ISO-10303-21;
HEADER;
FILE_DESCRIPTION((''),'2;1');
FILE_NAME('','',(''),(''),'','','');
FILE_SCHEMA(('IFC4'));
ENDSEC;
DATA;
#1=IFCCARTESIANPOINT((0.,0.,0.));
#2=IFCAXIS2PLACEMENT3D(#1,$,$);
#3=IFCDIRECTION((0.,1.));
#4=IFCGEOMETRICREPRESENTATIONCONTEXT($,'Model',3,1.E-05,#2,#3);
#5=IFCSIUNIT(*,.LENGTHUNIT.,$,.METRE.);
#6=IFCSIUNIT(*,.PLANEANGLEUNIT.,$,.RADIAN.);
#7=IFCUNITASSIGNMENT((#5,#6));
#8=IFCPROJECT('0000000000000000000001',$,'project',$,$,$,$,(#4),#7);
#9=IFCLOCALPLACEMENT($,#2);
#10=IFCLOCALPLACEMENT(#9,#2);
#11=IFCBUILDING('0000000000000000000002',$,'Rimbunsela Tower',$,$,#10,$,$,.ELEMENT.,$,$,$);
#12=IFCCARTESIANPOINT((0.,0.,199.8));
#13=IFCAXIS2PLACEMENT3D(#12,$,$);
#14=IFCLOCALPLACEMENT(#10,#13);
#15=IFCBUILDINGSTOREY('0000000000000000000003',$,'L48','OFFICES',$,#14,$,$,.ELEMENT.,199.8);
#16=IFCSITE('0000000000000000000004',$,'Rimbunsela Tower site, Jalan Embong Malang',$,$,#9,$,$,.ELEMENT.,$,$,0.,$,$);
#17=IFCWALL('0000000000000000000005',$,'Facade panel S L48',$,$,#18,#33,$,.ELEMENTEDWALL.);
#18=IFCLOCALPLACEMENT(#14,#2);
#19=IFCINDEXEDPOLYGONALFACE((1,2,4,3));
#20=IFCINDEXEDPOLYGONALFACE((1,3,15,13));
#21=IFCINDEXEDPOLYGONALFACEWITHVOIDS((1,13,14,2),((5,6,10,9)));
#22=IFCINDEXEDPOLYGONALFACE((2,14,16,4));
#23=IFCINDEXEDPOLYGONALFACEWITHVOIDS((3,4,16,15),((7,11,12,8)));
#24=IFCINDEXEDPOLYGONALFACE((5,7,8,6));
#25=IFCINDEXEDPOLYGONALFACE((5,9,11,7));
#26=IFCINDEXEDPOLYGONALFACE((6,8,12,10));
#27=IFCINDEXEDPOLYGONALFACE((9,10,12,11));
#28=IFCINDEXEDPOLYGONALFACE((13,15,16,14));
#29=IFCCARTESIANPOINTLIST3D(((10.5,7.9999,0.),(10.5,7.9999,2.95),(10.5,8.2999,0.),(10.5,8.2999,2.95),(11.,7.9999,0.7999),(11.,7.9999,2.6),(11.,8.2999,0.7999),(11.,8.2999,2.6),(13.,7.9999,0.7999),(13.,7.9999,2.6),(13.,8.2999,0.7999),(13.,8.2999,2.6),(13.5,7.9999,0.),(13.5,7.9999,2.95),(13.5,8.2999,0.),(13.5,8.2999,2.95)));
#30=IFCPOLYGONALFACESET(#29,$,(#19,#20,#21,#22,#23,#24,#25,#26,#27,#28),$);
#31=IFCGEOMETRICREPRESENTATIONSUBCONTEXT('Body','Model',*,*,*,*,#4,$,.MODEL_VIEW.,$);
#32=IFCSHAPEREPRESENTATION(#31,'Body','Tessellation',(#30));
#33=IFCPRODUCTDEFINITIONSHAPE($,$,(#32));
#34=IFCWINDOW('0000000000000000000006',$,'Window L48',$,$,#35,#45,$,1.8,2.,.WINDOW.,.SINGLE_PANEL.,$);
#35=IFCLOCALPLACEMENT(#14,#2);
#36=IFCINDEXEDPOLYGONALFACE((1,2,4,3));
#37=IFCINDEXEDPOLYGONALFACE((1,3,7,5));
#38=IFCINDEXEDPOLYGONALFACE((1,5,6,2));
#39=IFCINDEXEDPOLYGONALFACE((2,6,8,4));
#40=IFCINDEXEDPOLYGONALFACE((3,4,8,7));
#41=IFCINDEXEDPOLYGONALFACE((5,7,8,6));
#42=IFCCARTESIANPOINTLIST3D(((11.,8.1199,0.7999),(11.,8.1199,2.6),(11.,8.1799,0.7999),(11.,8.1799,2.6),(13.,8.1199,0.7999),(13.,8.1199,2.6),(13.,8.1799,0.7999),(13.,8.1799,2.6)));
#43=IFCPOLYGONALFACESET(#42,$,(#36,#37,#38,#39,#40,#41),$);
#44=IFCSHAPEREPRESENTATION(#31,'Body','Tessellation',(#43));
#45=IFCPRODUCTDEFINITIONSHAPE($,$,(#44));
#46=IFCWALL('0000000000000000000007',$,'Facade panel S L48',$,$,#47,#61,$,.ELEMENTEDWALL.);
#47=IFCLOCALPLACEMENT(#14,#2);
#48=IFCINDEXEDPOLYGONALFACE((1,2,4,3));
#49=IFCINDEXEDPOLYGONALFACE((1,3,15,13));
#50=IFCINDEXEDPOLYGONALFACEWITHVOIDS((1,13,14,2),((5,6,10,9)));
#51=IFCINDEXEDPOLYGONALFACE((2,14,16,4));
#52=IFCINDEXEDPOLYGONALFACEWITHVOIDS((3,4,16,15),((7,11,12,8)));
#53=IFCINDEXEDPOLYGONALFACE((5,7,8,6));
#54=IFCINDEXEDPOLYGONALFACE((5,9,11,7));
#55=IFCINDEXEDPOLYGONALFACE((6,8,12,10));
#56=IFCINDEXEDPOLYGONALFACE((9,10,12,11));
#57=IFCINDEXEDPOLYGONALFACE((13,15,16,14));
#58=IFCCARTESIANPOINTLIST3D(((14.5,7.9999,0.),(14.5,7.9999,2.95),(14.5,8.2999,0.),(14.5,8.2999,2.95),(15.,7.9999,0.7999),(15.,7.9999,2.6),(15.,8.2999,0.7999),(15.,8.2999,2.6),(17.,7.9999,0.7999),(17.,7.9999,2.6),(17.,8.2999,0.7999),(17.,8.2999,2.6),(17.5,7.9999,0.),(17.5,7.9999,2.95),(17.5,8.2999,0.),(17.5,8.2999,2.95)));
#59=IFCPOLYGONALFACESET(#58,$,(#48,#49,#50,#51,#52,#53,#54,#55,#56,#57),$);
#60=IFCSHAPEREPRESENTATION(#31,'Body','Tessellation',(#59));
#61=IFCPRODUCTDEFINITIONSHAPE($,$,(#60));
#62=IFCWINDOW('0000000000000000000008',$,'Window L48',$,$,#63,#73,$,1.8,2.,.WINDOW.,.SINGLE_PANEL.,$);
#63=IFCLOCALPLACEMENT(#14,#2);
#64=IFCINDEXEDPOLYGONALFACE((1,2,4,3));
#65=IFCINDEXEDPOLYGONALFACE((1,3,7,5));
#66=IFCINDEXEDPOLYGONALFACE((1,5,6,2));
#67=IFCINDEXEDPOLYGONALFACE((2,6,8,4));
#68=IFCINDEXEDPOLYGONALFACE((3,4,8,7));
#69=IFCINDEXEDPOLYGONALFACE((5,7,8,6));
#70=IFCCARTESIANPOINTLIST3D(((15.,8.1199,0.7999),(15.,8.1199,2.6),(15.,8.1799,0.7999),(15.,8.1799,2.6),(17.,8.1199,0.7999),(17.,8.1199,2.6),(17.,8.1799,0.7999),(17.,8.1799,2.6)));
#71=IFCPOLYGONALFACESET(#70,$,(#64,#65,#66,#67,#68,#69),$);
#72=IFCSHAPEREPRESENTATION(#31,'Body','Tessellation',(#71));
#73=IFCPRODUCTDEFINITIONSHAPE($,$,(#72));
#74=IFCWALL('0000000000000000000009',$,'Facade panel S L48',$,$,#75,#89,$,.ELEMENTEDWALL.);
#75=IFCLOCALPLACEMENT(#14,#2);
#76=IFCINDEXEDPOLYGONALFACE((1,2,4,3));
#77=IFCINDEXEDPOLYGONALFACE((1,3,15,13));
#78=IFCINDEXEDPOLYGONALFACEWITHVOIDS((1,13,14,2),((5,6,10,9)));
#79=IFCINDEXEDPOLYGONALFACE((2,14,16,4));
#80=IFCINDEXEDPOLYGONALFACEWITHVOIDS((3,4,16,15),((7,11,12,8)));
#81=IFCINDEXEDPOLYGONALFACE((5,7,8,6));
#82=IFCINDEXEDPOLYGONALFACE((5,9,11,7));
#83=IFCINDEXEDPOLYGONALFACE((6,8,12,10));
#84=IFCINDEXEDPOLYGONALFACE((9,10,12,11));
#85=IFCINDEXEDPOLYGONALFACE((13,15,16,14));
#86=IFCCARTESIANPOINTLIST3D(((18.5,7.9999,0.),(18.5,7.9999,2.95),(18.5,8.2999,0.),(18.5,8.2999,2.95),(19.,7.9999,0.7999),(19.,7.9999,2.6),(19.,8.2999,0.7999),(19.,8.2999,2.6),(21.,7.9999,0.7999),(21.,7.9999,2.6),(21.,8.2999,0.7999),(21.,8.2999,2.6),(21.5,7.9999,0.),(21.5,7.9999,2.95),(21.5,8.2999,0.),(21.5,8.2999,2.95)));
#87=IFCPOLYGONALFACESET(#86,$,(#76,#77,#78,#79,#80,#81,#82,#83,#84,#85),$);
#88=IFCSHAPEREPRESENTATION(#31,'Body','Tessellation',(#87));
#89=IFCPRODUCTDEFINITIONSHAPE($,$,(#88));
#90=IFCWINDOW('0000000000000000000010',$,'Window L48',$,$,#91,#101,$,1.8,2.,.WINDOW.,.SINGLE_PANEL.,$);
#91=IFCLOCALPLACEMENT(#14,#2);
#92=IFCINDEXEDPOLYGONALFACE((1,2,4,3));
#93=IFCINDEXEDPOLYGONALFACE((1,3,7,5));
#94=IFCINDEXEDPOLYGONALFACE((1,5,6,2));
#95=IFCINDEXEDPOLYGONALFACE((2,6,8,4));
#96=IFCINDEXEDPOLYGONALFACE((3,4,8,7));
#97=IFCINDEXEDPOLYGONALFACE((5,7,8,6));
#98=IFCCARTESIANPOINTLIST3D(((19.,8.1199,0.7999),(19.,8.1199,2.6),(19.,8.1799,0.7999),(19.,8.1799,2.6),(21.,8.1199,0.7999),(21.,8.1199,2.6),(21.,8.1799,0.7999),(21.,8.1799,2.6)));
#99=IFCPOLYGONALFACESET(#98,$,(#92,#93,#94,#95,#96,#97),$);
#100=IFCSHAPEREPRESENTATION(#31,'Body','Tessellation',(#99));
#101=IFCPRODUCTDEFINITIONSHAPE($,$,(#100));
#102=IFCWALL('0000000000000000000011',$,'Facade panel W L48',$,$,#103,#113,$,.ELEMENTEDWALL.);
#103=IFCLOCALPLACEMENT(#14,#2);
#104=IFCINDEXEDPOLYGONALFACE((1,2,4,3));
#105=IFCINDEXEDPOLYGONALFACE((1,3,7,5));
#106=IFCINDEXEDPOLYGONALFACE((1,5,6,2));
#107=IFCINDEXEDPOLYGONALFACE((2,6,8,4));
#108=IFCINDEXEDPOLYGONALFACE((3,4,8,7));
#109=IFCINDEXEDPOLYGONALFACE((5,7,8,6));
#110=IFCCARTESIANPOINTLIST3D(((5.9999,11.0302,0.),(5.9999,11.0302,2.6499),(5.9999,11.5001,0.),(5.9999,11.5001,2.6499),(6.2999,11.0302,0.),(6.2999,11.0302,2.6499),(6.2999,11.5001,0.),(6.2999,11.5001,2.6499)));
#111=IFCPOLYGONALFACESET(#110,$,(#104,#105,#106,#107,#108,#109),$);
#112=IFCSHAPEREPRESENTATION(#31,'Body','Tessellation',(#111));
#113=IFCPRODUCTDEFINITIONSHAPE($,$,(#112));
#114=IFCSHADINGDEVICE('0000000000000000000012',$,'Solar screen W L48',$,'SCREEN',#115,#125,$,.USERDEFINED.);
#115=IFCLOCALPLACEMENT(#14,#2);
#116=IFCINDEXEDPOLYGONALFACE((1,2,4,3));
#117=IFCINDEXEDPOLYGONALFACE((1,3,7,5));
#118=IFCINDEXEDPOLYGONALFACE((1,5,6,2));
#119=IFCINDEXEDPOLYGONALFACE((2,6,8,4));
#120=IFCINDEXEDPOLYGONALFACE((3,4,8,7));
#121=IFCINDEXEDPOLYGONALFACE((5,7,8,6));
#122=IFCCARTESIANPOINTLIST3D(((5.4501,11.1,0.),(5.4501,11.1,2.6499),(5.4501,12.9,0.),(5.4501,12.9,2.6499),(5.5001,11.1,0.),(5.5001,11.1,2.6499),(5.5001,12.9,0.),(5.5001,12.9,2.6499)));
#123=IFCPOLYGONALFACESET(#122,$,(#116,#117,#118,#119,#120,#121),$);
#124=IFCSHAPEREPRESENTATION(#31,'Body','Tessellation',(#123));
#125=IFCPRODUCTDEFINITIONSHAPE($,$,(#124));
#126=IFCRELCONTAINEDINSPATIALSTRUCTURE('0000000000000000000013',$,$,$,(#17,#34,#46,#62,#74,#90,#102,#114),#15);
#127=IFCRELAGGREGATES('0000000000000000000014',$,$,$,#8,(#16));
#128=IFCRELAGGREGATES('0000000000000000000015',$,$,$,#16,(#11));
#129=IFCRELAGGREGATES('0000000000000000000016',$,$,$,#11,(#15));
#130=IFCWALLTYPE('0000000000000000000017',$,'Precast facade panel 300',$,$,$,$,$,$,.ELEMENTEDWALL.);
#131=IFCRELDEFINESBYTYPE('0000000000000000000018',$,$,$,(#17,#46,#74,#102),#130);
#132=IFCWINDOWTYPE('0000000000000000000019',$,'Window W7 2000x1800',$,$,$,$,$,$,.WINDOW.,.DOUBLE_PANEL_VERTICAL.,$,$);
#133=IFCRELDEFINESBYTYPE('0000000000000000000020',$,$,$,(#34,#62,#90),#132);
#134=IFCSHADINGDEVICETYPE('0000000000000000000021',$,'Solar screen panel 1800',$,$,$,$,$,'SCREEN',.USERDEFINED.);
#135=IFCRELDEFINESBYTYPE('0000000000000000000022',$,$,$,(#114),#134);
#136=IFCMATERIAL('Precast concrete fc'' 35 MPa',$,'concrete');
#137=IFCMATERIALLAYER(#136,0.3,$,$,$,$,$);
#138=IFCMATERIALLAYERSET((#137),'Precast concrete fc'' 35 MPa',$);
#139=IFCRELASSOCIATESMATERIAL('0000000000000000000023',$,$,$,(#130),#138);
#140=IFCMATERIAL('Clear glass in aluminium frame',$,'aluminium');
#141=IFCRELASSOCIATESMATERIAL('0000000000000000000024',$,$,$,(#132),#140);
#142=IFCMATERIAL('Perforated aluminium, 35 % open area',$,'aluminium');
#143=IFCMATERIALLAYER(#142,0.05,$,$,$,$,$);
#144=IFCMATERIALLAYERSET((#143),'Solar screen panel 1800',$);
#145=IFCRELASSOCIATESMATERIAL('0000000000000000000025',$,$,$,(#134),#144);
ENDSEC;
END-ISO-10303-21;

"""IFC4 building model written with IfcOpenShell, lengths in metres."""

from ifc_helpers import new_model, si_unit, direction, frame, frame_2d, origin, origin_2d, place, context, subcontext, project, spatial, rectangle, extrude, material, layer, layer_set, type_object, element, fill, save


model = new_model("IFC4")

# Units and contexts
model_context = context("Model", 3, precision=1e-05, world=origin(), true_north=direction((0.0, 1.0)))
body_context = subcontext(model_context, "Body", "Model", "MODEL_VIEW")
ifc_project = project(units=[si_unit("LENGTHUNIT", "METRE"), si_unit("PLANEANGLEUNIT", "RADIAN")], contexts=[model_context])

# Site, building, storey
site_placement = place(None, origin())
site = spatial("IfcSite", under=ifc_project, at=site_placement, Name="Rimbunsela Tower site, Jalan Embong Malang", CompositionType="ELEMENT", RefElevation=0.0)
building_placement = place(site_placement, origin())
building = spatial("IfcBuilding", under=site, at=building_placement, Name="Rimbunsela Tower", CompositionType="ELEMENT")
storey_placement = place(building_placement, frame((0.0, 0.0, 199.8)))
storey = spatial("IfcBuildingStorey", under=building, at=storey_placement, Name="L48", Description="OFFICES", CompositionType="ELEMENT", Elevation=199.8)

# Shared definitions
ifc_material_1 = material(Name="Precast concrete fc' 35 MPa", Category="concrete")
ifc_layer_1 = layer(ifc_material_1, 0.3)
ifc_layer_set_1 = layer_set([ifc_layer_1], Name="Precast concrete fc' 35 MPa")
wall_type_1 = type_object("IfcWallType", Name="Precast facade panel 300", PredefinedType="ELEMENTEDWALL", material=ifc_layer_set_1)

# Walls, openings, windows
wall_1_placement = place(storey_placement, frame((10.5, 8.1499, 0.0), z_axis=(0.0, 0.0, 1.0), x_axis=(1.0, 0.0, 0.0)))
wall_1 = element("IfcWall", 1, at=wall_1_placement, inside=storey, type_object=wall_type_1, Name="Facade panel S L48", PredefinedType="ELEMENTEDWALL", context=body_context, shape_type="SweptSolid", body=[
    extrude(rectangle(XDim=3.0, YDim=0.3, at=frame_2d((1.5, 0.0))), origin(), (0.0, 0.0, 1.0), 2.95),
])
opening_1_placement = place(wall_1_placement, frame((0.5, 0.0, 0.8)))
opening_1 = element("IfcOpeningElement", 2, at=opening_1_placement, cuts=wall_1, PredefinedType="OPENING", context=body_context, shape_type="SweptSolid", body=[
    extrude(rectangle(XDim=2.0, YDim=1.8, at=frame_2d((1.0, 0.8999))), frame((0.0, 0.1599, 0.0), z_axis=(0.0, -1.0, 0.0), x_axis=(1.0, 0.0, 0.0)), (0.0, 0.0, 1.0), 0.3201),
])
ifc_material_2 = material(Name="Clear glass in aluminium frame", Category="aluminium")
window_type = type_object("IfcWindowType", Name="Window W7 2000x1800", PartitioningType="DOUBLE_PANEL_VERTICAL", PredefinedType="WINDOW", material=ifc_material_2)
window_1_placement = place(opening_1_placement, origin())
window_1 = element("IfcWindow", 3, at=window_1_placement, inside=storey, type_object=window_type, Name="Window L48", OverallHeight=1.8, OverallWidth=2.0, PartitioningType="SINGLE_PANEL", PredefinedType="WINDOW", context=body_context, shape_type="SweptSolid", body=[
    extrude(rectangle(XDim=2.0, YDim=1.8, at=frame_2d((1.0, 0.8999))), frame((0.0, 0.03, 0.0), z_axis=(0.0, -1.0, 0.0), x_axis=(1.0, 0.0, 0.0)), (0.0, 0.0, 1.0), 0.0601),
])
fill(opening_1, window_1)
wall_2_placement = place(storey_placement, frame((14.5, 8.1499, 0.0), z_axis=(0.0, 0.0, 1.0), x_axis=(1.0, 0.0, 0.0)))
wall_2 = element("IfcWall", 4, at=wall_2_placement, inside=storey, type_object=wall_type_1, Name="Facade panel S L48", PredefinedType="ELEMENTEDWALL", context=body_context, shape_type="SweptSolid", body=[
    extrude(rectangle(XDim=3.0, YDim=0.3, at=frame_2d((1.5, 0.0))), origin(), (0.0, 0.0, 1.0), 2.95),
])
opening_2_placement = place(wall_2_placement, frame((0.5, 0.0, 0.8)))
opening_2 = element("IfcOpeningElement", 5, at=opening_2_placement, cuts=wall_2, PredefinedType="OPENING", context=body_context, shape_type="SweptSolid", body=[
    extrude(rectangle(XDim=2.0, YDim=1.8, at=frame_2d((1.0, 0.8999))), frame((0.0, 0.1599, 0.0), z_axis=(0.0, -1.0, 0.0), x_axis=(1.0, 0.0, 0.0)), (0.0, 0.0, 1.0), 0.3201),
])
window_2_placement = place(opening_2_placement, origin())
window_2 = element("IfcWindow", 6, at=window_2_placement, inside=storey, type_object=window_type, Name="Window L48", OverallHeight=1.8, OverallWidth=2.0, PartitioningType="SINGLE_PANEL", PredefinedType="WINDOW", context=body_context, shape_type="SweptSolid", body=[
    extrude(rectangle(XDim=2.0, YDim=1.8, at=frame_2d((1.0, 0.8999))), frame((0.0, 0.03, 0.0), z_axis=(0.0, -1.0, 0.0), x_axis=(1.0, 0.0, 0.0)), (0.0, 0.0, 1.0), 0.0601),
])
fill(opening_2, window_2)
wall_3_placement = place(storey_placement, frame((18.5, 8.1499, 0.0), z_axis=(0.0, 0.0, 1.0), x_axis=(1.0, 0.0, 0.0)))
wall_3 = element("IfcWall", 7, at=wall_3_placement, inside=storey, type_object=wall_type_1, Name="Facade panel S L48", PredefinedType="ELEMENTEDWALL", context=body_context, shape_type="SweptSolid", body=[
    extrude(rectangle(XDim=3.0, YDim=0.3, at=frame_2d((1.5, 0.0))), origin(), (0.0, 0.0, 1.0), 2.95),
])
opening_3_placement = place(wall_3_placement, frame((0.5, 0.0, 0.8)))
opening_3 = element("IfcOpeningElement", 8, at=opening_3_placement, cuts=wall_3, PredefinedType="OPENING", context=body_context, shape_type="SweptSolid", body=[
    extrude(rectangle(XDim=2.0, YDim=1.8, at=frame_2d((1.0, 0.8999))), frame((0.0, 0.1599, 0.0), z_axis=(0.0, -1.0, 0.0), x_axis=(1.0, 0.0, 0.0)), (0.0, 0.0, 1.0), 0.3201),
])
window_3_placement = place(opening_3_placement, origin())
window_3 = element("IfcWindow", 9, at=window_3_placement, inside=storey, type_object=window_type, Name="Window L48", OverallHeight=1.8, OverallWidth=2.0, PartitioningType="SINGLE_PANEL", PredefinedType="WINDOW", context=body_context, shape_type="SweptSolid", body=[
    extrude(rectangle(XDim=2.0, YDim=1.8, at=frame_2d((1.0, 0.8999))), frame((0.0, 0.03, 0.0), z_axis=(0.0, -1.0, 0.0), x_axis=(1.0, 0.0, 0.0)), (0.0, 0.0, 1.0), 0.0601),
])
fill(opening_3, window_3)

# Wall
wall_4_placement = place(storey_placement, frame((6.1499, 11.5, 0.0), z_axis=(0.0, 0.0, 1.0), x_axis=(0.0, -1.0, 0.0)))
element("IfcWall", 10, at=wall_4_placement, inside=storey, type_object=wall_type_1, Name="Facade panel W L48", PredefinedType="ELEMENTEDWALL", context=body_context, shape_type="SweptSolid", body=[
    extrude(rectangle(XDim=0.47, YDim=0.3, at=frame_2d((0.2349, 0.0))), origin(), (0.0, 0.0, 1.0), 2.6499),
])

# Shading device
ifc_material_3 = material(Name="Perforated aluminium, 35 % open area", Category="aluminium")
ifc_layer_2 = layer(ifc_material_3, 0.05)
ifc_layer_set_2 = layer_set([ifc_layer_2], Name="Solar screen panel 1800")
shading_device_type = type_object("IfcShadingDeviceType", Name="Solar screen panel 1800", ElementType="SCREEN", PredefinedType="USERDEFINED", material=ifc_layer_set_2)
shading_device_placement = place(storey_placement, frame((5.4751, 12.0, 0.0), z_axis=(0.0, 0.0, 1.0), x_axis=(0.0, 1.0, 0.0)))
element("IfcShadingDevice", 11, at=shading_device_placement, inside=storey, type_object=shading_device_type, Name="Solar screen W L48", ObjectType="SCREEN", PredefinedType="USERDEFINED", context=body_context, shape_type="SweptSolid", body=[
    extrude(rectangle(XDim=1.8, YDim=0.05, at=origin_2d()), origin(), (0.0, 0.0, 1.0), 2.6499),
])

save(model, "model.ifc")
